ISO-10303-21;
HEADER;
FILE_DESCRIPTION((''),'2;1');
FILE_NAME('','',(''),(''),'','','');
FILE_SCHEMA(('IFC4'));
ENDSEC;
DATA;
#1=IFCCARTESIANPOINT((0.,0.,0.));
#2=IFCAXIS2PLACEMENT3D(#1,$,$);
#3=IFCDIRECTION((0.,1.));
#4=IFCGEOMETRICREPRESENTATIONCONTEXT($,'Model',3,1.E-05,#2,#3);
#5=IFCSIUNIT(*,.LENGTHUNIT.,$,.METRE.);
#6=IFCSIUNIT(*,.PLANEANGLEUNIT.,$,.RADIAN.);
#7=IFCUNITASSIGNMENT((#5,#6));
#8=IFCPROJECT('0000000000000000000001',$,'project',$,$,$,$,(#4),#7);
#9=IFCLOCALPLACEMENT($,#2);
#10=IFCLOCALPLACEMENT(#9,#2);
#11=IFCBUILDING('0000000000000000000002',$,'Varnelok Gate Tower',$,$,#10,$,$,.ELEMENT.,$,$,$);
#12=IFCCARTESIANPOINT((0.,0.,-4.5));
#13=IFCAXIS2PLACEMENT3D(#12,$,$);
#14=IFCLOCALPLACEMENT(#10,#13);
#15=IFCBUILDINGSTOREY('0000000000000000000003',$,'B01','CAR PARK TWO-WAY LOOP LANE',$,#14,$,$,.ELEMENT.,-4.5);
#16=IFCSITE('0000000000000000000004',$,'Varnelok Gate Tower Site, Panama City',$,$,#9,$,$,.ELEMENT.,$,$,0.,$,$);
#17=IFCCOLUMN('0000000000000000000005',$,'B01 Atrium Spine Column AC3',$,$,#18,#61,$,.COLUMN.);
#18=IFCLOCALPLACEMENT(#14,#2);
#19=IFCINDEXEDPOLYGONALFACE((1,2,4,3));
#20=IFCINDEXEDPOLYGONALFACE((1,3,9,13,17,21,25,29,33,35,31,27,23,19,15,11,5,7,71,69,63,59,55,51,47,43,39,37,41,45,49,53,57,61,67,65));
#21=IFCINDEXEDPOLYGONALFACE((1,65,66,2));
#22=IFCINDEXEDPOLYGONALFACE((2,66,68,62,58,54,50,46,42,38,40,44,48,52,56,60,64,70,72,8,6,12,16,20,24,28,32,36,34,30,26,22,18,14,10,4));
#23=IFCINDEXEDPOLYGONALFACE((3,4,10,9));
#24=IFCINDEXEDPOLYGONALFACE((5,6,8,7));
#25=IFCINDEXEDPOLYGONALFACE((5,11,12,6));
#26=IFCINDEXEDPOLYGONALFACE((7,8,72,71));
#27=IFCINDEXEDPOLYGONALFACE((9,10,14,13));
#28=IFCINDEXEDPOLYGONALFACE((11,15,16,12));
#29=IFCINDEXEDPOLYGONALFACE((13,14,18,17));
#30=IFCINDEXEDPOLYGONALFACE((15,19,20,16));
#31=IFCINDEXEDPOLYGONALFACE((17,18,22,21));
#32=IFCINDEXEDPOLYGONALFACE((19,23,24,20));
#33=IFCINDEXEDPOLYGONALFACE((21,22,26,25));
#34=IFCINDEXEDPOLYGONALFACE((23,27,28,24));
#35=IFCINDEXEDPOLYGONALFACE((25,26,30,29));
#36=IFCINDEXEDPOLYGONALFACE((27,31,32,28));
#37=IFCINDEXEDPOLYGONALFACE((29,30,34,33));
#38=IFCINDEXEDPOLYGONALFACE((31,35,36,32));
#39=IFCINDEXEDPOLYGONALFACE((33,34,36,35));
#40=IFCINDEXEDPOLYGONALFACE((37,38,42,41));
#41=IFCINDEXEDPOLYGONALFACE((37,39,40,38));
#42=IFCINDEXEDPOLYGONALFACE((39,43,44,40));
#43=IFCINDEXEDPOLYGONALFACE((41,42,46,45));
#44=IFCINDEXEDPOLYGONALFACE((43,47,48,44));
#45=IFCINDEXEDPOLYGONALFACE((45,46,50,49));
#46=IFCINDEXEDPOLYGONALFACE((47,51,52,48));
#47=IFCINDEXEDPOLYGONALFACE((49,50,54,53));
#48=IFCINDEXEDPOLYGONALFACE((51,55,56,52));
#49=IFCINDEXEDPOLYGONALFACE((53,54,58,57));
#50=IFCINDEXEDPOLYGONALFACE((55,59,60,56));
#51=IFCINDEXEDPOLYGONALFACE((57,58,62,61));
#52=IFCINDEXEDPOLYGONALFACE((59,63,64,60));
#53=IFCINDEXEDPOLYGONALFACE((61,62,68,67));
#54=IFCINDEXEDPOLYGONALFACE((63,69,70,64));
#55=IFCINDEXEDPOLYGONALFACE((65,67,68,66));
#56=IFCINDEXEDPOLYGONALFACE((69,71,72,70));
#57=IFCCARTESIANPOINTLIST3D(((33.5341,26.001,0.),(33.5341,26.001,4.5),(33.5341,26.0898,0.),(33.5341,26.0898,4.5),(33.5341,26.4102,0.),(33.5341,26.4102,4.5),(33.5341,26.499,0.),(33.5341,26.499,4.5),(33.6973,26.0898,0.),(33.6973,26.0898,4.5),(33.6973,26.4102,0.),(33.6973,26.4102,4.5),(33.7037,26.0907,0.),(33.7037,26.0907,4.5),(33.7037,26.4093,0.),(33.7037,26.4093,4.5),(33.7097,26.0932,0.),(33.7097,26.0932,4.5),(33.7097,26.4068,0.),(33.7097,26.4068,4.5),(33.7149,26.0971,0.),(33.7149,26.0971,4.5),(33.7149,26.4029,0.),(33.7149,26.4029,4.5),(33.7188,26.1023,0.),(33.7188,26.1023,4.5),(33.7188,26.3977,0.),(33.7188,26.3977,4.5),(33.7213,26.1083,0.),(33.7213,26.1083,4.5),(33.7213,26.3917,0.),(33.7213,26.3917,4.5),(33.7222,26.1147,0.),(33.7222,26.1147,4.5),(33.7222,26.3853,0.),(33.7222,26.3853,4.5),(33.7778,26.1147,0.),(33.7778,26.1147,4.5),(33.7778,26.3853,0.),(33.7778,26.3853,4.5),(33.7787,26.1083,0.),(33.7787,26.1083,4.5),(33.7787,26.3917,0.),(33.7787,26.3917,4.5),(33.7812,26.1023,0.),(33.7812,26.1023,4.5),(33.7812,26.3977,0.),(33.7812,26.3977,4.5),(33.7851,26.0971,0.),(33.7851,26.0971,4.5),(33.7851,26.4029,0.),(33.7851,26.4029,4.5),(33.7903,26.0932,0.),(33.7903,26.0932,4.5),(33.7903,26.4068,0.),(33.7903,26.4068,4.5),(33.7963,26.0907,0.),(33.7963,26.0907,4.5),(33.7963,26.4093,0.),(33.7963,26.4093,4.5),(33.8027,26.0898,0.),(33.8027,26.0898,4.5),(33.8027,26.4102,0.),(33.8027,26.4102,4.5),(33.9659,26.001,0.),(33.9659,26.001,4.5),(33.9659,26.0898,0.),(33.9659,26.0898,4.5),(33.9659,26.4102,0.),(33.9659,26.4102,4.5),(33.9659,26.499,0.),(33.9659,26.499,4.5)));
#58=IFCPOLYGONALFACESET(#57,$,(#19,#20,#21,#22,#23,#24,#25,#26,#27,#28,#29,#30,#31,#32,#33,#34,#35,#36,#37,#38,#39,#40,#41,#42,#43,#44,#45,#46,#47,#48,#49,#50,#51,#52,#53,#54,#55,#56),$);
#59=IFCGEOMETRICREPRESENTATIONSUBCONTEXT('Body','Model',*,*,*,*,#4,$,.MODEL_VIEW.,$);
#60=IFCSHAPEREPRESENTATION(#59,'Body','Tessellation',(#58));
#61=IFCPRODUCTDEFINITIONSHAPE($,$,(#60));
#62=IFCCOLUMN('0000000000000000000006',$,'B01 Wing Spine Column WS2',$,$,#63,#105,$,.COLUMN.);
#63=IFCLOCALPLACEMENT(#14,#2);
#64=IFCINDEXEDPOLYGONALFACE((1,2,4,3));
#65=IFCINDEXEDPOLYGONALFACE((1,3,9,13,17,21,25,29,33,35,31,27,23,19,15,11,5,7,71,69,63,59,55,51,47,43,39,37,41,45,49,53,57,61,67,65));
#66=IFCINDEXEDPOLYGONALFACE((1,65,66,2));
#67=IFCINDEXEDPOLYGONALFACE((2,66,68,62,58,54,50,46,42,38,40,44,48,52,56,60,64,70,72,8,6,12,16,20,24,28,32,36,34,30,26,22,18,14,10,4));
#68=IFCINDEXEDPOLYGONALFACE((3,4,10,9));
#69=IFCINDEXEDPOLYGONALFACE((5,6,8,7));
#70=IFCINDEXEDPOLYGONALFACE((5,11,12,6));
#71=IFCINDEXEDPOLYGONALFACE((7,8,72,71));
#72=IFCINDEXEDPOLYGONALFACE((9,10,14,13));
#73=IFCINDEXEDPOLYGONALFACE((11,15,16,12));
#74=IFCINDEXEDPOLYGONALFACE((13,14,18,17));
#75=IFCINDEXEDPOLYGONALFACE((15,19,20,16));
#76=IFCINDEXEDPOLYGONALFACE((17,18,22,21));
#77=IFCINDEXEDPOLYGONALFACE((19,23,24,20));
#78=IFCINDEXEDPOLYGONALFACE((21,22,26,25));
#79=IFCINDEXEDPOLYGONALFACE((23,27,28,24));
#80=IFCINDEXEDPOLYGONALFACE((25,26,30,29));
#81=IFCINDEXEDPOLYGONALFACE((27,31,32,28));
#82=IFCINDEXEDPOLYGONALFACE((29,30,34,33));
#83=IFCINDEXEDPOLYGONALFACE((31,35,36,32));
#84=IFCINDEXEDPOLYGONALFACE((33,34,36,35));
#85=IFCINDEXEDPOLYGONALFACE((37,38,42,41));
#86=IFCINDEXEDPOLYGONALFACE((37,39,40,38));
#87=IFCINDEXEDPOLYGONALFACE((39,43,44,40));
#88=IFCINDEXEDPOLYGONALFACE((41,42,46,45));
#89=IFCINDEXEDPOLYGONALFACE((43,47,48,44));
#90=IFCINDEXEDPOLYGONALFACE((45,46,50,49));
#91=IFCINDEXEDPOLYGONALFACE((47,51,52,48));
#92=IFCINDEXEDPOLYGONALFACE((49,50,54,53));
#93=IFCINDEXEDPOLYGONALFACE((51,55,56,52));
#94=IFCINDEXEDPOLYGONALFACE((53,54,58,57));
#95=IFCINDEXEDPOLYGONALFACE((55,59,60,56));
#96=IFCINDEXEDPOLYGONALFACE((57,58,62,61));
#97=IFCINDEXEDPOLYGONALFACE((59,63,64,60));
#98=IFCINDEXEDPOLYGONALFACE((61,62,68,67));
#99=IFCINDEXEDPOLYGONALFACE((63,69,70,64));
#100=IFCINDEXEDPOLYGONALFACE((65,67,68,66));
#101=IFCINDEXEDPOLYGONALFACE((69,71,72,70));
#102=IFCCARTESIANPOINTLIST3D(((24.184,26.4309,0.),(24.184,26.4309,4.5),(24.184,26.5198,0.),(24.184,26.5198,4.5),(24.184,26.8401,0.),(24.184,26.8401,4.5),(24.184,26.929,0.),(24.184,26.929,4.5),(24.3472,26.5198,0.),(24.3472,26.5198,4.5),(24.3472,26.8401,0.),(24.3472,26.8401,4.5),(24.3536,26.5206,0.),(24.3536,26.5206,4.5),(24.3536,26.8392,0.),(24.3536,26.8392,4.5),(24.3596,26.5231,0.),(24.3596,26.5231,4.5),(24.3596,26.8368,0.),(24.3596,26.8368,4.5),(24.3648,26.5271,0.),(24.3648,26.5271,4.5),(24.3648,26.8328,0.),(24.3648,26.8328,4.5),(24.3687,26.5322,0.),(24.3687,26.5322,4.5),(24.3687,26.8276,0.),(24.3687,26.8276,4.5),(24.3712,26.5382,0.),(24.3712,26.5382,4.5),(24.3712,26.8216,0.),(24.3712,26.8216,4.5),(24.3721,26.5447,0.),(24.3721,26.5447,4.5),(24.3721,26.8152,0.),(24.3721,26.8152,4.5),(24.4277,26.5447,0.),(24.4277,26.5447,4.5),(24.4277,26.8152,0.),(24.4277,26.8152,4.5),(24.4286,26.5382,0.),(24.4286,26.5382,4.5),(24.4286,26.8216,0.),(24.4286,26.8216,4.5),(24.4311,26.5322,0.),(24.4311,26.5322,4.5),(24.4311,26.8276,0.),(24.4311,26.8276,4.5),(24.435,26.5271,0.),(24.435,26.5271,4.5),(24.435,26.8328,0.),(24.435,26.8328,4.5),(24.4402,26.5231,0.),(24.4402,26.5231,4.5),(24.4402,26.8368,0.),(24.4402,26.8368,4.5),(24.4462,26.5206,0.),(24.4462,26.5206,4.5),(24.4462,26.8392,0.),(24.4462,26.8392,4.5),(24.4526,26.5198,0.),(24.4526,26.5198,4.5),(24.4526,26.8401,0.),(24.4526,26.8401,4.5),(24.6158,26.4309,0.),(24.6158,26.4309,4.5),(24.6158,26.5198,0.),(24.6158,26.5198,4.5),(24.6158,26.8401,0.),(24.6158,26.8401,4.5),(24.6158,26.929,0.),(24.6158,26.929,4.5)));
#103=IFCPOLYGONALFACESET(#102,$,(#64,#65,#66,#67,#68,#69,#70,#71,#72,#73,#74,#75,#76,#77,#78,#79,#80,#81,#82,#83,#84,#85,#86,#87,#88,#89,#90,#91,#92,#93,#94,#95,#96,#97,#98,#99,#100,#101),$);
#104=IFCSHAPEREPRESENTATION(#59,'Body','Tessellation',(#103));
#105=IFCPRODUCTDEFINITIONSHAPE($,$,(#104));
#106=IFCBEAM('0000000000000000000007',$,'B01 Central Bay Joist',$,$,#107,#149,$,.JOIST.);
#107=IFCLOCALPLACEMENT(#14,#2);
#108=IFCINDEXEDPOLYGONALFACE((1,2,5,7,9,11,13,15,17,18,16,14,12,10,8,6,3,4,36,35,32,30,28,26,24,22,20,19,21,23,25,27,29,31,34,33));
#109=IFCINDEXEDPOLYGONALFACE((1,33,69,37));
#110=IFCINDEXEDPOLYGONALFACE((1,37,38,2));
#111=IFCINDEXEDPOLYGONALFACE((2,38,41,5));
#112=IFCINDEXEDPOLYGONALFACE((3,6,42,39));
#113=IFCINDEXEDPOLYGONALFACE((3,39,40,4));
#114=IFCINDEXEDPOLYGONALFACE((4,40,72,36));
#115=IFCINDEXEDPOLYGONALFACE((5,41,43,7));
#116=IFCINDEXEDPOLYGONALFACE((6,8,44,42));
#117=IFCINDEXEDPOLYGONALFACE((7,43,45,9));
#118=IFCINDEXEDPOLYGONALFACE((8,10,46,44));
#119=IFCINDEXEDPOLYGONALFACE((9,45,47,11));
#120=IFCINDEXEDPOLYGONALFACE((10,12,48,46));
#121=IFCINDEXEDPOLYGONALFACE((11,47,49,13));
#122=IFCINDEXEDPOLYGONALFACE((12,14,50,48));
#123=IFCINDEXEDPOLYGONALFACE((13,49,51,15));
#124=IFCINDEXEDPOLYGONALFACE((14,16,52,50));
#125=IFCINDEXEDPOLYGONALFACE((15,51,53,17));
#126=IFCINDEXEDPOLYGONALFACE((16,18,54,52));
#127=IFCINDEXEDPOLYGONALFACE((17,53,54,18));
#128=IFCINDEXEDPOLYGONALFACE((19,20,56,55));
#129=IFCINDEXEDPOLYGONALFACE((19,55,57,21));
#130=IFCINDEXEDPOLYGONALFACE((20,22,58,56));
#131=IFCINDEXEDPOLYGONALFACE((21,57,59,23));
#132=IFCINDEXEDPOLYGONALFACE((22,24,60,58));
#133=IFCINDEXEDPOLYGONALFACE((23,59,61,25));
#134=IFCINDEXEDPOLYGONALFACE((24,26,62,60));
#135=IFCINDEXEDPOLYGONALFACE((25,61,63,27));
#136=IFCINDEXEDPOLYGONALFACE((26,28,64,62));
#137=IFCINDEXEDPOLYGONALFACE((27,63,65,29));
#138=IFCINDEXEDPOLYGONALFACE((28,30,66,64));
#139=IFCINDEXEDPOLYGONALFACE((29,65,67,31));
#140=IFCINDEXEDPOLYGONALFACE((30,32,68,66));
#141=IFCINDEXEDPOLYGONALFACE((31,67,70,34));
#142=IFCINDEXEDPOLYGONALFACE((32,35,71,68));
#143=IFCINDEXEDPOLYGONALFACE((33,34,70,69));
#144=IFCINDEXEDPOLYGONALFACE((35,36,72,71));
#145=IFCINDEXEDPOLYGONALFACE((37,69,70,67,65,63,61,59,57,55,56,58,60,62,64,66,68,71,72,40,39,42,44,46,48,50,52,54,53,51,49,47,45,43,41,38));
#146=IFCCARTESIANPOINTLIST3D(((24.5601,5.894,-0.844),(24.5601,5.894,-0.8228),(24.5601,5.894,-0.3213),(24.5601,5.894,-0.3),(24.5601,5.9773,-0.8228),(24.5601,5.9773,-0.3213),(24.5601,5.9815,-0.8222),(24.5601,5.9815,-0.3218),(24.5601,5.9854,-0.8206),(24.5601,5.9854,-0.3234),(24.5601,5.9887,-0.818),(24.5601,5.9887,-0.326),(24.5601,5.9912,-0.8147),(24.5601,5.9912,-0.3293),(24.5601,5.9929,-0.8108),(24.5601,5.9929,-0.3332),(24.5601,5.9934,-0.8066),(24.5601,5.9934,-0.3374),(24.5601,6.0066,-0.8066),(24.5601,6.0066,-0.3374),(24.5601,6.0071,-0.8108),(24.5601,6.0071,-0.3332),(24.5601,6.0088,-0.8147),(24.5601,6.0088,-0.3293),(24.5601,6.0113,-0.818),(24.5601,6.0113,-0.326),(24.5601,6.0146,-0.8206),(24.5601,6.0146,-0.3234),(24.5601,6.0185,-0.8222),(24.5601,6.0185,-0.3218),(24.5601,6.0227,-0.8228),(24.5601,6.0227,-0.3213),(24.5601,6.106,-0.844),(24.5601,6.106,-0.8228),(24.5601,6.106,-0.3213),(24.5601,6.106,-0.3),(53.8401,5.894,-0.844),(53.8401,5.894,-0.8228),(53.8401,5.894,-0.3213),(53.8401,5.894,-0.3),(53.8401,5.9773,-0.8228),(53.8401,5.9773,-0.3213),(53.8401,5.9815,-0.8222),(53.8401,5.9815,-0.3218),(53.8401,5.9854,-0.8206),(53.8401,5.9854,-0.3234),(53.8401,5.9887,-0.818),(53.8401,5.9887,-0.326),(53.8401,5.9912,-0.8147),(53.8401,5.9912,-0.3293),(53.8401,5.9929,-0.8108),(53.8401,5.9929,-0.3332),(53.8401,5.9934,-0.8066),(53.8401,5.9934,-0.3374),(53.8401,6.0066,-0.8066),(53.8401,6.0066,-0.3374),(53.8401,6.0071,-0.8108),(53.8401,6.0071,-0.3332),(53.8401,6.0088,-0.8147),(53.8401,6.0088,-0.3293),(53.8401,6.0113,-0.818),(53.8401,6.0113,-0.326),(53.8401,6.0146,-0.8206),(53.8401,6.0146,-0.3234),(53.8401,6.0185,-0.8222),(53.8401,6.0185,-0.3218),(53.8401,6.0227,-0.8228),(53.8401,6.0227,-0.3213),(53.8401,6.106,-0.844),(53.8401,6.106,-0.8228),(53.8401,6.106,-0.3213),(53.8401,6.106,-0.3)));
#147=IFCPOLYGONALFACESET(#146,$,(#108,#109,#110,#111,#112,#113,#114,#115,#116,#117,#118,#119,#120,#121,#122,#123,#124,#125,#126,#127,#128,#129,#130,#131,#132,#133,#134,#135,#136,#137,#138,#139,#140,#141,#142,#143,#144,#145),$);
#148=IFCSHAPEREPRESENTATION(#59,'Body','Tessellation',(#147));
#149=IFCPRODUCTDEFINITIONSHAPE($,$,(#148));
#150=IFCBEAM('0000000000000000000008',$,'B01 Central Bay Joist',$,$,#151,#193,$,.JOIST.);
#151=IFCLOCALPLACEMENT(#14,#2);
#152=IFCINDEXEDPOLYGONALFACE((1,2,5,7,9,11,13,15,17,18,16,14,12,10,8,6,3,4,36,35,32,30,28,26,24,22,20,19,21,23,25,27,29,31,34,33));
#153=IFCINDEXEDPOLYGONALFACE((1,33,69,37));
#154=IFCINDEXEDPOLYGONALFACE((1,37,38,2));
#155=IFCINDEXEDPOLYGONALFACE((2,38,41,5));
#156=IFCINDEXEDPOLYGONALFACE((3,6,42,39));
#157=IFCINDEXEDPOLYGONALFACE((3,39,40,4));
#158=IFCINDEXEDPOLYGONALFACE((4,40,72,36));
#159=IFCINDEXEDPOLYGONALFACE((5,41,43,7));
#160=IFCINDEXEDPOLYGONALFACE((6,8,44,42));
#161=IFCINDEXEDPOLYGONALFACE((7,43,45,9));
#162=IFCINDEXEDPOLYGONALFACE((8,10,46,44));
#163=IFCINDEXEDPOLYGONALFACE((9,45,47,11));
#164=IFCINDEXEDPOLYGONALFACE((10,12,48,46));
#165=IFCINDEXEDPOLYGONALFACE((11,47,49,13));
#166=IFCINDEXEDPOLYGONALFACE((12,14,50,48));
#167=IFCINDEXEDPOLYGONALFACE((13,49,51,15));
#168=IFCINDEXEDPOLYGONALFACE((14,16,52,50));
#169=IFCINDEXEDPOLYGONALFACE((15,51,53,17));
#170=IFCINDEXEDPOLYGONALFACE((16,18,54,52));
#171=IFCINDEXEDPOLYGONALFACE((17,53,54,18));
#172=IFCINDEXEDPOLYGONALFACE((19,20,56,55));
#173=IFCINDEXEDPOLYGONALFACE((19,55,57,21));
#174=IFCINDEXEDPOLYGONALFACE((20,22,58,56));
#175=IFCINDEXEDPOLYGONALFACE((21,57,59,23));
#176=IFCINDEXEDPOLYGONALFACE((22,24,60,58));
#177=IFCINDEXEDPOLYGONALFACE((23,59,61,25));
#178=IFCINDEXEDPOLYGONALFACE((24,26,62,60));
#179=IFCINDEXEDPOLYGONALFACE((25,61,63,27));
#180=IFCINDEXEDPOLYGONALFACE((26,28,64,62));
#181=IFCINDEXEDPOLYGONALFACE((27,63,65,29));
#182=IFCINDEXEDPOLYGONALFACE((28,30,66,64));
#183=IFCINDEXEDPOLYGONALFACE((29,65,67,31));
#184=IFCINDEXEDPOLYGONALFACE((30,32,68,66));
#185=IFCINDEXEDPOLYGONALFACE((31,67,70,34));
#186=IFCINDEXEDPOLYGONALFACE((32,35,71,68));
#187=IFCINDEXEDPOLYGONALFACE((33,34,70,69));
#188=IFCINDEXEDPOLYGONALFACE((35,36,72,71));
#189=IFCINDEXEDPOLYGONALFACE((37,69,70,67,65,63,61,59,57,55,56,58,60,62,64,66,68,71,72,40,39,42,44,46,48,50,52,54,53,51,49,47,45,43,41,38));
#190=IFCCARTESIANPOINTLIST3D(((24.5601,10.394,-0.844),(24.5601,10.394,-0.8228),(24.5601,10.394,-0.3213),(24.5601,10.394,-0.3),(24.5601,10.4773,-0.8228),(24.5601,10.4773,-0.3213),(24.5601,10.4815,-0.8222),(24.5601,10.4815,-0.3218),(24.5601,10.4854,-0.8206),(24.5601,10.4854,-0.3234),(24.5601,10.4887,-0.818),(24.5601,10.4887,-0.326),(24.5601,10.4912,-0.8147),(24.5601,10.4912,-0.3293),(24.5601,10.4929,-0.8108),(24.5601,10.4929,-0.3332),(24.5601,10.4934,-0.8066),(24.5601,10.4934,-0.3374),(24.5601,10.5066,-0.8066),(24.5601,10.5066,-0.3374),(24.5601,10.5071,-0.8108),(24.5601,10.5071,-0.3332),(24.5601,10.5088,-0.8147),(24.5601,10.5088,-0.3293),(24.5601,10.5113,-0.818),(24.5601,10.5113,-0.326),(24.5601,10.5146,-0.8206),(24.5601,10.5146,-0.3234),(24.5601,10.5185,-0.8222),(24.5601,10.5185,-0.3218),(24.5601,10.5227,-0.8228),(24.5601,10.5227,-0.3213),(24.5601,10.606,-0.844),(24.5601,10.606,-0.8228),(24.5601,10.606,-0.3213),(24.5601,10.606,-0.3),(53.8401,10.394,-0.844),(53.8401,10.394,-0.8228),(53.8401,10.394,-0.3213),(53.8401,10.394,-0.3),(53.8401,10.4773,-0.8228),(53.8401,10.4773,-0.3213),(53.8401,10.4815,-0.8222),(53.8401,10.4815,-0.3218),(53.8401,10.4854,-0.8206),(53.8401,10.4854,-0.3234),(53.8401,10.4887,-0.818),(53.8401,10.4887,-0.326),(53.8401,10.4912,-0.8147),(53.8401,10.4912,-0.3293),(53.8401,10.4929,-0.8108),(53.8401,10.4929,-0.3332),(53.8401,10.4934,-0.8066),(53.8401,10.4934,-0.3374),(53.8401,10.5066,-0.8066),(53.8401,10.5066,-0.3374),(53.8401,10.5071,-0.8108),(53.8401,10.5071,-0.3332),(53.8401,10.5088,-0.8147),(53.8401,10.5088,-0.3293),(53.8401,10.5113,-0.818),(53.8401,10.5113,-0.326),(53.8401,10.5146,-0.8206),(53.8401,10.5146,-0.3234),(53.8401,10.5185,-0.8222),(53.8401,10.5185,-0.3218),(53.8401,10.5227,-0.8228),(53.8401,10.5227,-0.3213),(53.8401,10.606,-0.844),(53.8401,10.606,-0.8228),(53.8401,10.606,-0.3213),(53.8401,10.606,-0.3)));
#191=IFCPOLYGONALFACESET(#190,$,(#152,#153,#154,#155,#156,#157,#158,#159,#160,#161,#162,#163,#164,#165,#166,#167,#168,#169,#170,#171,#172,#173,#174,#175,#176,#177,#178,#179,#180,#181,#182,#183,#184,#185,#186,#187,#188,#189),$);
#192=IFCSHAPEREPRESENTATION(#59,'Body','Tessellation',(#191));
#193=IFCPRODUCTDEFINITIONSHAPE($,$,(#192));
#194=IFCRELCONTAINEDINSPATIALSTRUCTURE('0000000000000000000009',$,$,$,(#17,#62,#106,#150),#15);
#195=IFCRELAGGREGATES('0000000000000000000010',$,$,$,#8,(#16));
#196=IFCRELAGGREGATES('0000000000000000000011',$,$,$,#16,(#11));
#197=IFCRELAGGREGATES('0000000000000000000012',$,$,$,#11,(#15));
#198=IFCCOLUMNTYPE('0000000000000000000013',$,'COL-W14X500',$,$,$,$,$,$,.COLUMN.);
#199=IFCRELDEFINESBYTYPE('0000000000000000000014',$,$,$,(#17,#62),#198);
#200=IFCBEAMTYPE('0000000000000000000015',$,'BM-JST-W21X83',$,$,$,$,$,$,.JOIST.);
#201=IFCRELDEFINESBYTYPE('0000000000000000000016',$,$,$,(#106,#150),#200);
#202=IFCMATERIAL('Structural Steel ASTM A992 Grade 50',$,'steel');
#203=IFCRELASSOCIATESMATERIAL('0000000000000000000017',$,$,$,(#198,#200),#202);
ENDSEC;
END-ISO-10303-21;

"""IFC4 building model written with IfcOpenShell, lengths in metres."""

from ifc_helpers import new_model, si_unit, direction, frame, origin, origin_2d, place, context, subcontext, project, spatial, i_section, extrude, material, material_profile, profile_set, type_object, element, save


model = new_model("IFC4")

# Units and contexts
model_context = context("Model", 3, precision=1e-05, world=origin(), true_north=direction((0.0, 1.0)))
body_context = subcontext(model_context, "Body", "Model", "MODEL_VIEW")
ifc_project = project(units=[si_unit("LENGTHUNIT", "METRE"), si_unit("PLANEANGLEUNIT", "RADIAN")], contexts=[model_context])

# Site, building, storey
site_placement = place(None, origin())
site = spatial("IfcSite", under=ifc_project, at=site_placement, Name="Varnelok Gate Tower Site, Panama City", CompositionType="ELEMENT", RefElevation=0.0)
building_placement = place(site_placement, origin())
building = spatial("IfcBuilding", under=site, at=building_placement, Name="Varnelok Gate Tower", CompositionType="ELEMENT")
storey_placement = place(building_placement, frame((0.0, 0.0, -4.5)))
storey = spatial("IfcBuildingStorey", under=building, at=storey_placement, Name="B01", Description="CAR PARK TWO-WAY LOOP LANE", CompositionType="ELEMENT", Elevation=-4.5)

# Columns
ifc_material_1 = material(Name="Structural Steel ASTM A992 Grade 50", Category="steel")
ifc_material_profile_1 = material_profile(ifc_material_1, i_section(OverallWidth=0.4319, OverallDepth=0.498, WebThickness=0.0557, FlangeThickness=0.0889, FilletRadius=0.0249, at=origin_2d()), Name="W14X500")
ifc_profile_set_1 = profile_set([ifc_material_profile_1], Name="Structural Steel ASTM A992 Grade 50")
column_type_1 = type_object("IfcColumnType", Name="COL-W14X500", PredefinedType="COLUMN", material=ifc_profile_set_1)
for number, where, z_axis, x_axis, name in (
    (1, (33.75, 26.25, 0.0), (0.0, 0.0, 1.0), (1.0, 0.0, 0.0), "B01 Atrium Spine Column AC3"),
    (2, (24.3999, 26.6799, 0.0), (0.0, 0.0, 1.0), (1.0, 0.0, 0.0), "B01 Wing Spine Column WS2"),
):
    element("IfcColumn", number, at=place(storey_placement, frame(where, z_axis=z_axis, x_axis=x_axis)), inside=storey, type_object=column_type_1, Name=name, PredefinedType="COLUMN", context=body_context, shape_type="SweptSolid", body=[
        extrude(i_section(OverallWidth=0.4319, OverallDepth=0.498, WebThickness=0.0557, FlangeThickness=0.0889, FilletRadius=0.0249, at=origin_2d()), origin(), (0.0, 0.0, 1.0), 4.5),
    ])

# Beams
ifc_material_profile_2 = material_profile(ifc_material_1, i_section(OverallWidth=0.2119, OverallDepth=0.5439, WebThickness=0.0132, FlangeThickness=0.0212, FilletRadius=0.0161, at=origin_2d()), Name="W21X83")
ifc_profile_set_2 = profile_set([ifc_material_profile_2], Name="Structural Steel ASTM A992 Grade 50")
beam_type_1 = type_object("IfcBeamType", Name="BM-JST-W21X83", PredefinedType="JOIST", material=ifc_profile_set_2)
for number, where, z_axis, x_axis, name in (
    (3, (24.5601, 6.0, -0.572), (1.0, 0.0, 0.0), (0.0, 1.0, 0.0), "B01 Central Bay Joist"),
    (4, (24.5601, 10.5, -0.572), (1.0, 0.0, 0.0), (0.0, 1.0, 0.0), "B01 Central Bay Joist"),
):
    element("IfcBeam", number, at=place(storey_placement, frame(where, z_axis=z_axis, x_axis=x_axis)), inside=storey, type_object=beam_type_1, Name=name, PredefinedType="JOIST", context=body_context, shape_type="SweptSolid", body=[
        extrude(i_section(OverallWidth=0.2119, OverallDepth=0.5439, WebThickness=0.0132, FlangeThickness=0.0212, FilletRadius=0.0161, at=origin_2d()), origin(), (0.0, 0.0, 1.0), 29.28),
    ])

save(model, "model.ifc")
